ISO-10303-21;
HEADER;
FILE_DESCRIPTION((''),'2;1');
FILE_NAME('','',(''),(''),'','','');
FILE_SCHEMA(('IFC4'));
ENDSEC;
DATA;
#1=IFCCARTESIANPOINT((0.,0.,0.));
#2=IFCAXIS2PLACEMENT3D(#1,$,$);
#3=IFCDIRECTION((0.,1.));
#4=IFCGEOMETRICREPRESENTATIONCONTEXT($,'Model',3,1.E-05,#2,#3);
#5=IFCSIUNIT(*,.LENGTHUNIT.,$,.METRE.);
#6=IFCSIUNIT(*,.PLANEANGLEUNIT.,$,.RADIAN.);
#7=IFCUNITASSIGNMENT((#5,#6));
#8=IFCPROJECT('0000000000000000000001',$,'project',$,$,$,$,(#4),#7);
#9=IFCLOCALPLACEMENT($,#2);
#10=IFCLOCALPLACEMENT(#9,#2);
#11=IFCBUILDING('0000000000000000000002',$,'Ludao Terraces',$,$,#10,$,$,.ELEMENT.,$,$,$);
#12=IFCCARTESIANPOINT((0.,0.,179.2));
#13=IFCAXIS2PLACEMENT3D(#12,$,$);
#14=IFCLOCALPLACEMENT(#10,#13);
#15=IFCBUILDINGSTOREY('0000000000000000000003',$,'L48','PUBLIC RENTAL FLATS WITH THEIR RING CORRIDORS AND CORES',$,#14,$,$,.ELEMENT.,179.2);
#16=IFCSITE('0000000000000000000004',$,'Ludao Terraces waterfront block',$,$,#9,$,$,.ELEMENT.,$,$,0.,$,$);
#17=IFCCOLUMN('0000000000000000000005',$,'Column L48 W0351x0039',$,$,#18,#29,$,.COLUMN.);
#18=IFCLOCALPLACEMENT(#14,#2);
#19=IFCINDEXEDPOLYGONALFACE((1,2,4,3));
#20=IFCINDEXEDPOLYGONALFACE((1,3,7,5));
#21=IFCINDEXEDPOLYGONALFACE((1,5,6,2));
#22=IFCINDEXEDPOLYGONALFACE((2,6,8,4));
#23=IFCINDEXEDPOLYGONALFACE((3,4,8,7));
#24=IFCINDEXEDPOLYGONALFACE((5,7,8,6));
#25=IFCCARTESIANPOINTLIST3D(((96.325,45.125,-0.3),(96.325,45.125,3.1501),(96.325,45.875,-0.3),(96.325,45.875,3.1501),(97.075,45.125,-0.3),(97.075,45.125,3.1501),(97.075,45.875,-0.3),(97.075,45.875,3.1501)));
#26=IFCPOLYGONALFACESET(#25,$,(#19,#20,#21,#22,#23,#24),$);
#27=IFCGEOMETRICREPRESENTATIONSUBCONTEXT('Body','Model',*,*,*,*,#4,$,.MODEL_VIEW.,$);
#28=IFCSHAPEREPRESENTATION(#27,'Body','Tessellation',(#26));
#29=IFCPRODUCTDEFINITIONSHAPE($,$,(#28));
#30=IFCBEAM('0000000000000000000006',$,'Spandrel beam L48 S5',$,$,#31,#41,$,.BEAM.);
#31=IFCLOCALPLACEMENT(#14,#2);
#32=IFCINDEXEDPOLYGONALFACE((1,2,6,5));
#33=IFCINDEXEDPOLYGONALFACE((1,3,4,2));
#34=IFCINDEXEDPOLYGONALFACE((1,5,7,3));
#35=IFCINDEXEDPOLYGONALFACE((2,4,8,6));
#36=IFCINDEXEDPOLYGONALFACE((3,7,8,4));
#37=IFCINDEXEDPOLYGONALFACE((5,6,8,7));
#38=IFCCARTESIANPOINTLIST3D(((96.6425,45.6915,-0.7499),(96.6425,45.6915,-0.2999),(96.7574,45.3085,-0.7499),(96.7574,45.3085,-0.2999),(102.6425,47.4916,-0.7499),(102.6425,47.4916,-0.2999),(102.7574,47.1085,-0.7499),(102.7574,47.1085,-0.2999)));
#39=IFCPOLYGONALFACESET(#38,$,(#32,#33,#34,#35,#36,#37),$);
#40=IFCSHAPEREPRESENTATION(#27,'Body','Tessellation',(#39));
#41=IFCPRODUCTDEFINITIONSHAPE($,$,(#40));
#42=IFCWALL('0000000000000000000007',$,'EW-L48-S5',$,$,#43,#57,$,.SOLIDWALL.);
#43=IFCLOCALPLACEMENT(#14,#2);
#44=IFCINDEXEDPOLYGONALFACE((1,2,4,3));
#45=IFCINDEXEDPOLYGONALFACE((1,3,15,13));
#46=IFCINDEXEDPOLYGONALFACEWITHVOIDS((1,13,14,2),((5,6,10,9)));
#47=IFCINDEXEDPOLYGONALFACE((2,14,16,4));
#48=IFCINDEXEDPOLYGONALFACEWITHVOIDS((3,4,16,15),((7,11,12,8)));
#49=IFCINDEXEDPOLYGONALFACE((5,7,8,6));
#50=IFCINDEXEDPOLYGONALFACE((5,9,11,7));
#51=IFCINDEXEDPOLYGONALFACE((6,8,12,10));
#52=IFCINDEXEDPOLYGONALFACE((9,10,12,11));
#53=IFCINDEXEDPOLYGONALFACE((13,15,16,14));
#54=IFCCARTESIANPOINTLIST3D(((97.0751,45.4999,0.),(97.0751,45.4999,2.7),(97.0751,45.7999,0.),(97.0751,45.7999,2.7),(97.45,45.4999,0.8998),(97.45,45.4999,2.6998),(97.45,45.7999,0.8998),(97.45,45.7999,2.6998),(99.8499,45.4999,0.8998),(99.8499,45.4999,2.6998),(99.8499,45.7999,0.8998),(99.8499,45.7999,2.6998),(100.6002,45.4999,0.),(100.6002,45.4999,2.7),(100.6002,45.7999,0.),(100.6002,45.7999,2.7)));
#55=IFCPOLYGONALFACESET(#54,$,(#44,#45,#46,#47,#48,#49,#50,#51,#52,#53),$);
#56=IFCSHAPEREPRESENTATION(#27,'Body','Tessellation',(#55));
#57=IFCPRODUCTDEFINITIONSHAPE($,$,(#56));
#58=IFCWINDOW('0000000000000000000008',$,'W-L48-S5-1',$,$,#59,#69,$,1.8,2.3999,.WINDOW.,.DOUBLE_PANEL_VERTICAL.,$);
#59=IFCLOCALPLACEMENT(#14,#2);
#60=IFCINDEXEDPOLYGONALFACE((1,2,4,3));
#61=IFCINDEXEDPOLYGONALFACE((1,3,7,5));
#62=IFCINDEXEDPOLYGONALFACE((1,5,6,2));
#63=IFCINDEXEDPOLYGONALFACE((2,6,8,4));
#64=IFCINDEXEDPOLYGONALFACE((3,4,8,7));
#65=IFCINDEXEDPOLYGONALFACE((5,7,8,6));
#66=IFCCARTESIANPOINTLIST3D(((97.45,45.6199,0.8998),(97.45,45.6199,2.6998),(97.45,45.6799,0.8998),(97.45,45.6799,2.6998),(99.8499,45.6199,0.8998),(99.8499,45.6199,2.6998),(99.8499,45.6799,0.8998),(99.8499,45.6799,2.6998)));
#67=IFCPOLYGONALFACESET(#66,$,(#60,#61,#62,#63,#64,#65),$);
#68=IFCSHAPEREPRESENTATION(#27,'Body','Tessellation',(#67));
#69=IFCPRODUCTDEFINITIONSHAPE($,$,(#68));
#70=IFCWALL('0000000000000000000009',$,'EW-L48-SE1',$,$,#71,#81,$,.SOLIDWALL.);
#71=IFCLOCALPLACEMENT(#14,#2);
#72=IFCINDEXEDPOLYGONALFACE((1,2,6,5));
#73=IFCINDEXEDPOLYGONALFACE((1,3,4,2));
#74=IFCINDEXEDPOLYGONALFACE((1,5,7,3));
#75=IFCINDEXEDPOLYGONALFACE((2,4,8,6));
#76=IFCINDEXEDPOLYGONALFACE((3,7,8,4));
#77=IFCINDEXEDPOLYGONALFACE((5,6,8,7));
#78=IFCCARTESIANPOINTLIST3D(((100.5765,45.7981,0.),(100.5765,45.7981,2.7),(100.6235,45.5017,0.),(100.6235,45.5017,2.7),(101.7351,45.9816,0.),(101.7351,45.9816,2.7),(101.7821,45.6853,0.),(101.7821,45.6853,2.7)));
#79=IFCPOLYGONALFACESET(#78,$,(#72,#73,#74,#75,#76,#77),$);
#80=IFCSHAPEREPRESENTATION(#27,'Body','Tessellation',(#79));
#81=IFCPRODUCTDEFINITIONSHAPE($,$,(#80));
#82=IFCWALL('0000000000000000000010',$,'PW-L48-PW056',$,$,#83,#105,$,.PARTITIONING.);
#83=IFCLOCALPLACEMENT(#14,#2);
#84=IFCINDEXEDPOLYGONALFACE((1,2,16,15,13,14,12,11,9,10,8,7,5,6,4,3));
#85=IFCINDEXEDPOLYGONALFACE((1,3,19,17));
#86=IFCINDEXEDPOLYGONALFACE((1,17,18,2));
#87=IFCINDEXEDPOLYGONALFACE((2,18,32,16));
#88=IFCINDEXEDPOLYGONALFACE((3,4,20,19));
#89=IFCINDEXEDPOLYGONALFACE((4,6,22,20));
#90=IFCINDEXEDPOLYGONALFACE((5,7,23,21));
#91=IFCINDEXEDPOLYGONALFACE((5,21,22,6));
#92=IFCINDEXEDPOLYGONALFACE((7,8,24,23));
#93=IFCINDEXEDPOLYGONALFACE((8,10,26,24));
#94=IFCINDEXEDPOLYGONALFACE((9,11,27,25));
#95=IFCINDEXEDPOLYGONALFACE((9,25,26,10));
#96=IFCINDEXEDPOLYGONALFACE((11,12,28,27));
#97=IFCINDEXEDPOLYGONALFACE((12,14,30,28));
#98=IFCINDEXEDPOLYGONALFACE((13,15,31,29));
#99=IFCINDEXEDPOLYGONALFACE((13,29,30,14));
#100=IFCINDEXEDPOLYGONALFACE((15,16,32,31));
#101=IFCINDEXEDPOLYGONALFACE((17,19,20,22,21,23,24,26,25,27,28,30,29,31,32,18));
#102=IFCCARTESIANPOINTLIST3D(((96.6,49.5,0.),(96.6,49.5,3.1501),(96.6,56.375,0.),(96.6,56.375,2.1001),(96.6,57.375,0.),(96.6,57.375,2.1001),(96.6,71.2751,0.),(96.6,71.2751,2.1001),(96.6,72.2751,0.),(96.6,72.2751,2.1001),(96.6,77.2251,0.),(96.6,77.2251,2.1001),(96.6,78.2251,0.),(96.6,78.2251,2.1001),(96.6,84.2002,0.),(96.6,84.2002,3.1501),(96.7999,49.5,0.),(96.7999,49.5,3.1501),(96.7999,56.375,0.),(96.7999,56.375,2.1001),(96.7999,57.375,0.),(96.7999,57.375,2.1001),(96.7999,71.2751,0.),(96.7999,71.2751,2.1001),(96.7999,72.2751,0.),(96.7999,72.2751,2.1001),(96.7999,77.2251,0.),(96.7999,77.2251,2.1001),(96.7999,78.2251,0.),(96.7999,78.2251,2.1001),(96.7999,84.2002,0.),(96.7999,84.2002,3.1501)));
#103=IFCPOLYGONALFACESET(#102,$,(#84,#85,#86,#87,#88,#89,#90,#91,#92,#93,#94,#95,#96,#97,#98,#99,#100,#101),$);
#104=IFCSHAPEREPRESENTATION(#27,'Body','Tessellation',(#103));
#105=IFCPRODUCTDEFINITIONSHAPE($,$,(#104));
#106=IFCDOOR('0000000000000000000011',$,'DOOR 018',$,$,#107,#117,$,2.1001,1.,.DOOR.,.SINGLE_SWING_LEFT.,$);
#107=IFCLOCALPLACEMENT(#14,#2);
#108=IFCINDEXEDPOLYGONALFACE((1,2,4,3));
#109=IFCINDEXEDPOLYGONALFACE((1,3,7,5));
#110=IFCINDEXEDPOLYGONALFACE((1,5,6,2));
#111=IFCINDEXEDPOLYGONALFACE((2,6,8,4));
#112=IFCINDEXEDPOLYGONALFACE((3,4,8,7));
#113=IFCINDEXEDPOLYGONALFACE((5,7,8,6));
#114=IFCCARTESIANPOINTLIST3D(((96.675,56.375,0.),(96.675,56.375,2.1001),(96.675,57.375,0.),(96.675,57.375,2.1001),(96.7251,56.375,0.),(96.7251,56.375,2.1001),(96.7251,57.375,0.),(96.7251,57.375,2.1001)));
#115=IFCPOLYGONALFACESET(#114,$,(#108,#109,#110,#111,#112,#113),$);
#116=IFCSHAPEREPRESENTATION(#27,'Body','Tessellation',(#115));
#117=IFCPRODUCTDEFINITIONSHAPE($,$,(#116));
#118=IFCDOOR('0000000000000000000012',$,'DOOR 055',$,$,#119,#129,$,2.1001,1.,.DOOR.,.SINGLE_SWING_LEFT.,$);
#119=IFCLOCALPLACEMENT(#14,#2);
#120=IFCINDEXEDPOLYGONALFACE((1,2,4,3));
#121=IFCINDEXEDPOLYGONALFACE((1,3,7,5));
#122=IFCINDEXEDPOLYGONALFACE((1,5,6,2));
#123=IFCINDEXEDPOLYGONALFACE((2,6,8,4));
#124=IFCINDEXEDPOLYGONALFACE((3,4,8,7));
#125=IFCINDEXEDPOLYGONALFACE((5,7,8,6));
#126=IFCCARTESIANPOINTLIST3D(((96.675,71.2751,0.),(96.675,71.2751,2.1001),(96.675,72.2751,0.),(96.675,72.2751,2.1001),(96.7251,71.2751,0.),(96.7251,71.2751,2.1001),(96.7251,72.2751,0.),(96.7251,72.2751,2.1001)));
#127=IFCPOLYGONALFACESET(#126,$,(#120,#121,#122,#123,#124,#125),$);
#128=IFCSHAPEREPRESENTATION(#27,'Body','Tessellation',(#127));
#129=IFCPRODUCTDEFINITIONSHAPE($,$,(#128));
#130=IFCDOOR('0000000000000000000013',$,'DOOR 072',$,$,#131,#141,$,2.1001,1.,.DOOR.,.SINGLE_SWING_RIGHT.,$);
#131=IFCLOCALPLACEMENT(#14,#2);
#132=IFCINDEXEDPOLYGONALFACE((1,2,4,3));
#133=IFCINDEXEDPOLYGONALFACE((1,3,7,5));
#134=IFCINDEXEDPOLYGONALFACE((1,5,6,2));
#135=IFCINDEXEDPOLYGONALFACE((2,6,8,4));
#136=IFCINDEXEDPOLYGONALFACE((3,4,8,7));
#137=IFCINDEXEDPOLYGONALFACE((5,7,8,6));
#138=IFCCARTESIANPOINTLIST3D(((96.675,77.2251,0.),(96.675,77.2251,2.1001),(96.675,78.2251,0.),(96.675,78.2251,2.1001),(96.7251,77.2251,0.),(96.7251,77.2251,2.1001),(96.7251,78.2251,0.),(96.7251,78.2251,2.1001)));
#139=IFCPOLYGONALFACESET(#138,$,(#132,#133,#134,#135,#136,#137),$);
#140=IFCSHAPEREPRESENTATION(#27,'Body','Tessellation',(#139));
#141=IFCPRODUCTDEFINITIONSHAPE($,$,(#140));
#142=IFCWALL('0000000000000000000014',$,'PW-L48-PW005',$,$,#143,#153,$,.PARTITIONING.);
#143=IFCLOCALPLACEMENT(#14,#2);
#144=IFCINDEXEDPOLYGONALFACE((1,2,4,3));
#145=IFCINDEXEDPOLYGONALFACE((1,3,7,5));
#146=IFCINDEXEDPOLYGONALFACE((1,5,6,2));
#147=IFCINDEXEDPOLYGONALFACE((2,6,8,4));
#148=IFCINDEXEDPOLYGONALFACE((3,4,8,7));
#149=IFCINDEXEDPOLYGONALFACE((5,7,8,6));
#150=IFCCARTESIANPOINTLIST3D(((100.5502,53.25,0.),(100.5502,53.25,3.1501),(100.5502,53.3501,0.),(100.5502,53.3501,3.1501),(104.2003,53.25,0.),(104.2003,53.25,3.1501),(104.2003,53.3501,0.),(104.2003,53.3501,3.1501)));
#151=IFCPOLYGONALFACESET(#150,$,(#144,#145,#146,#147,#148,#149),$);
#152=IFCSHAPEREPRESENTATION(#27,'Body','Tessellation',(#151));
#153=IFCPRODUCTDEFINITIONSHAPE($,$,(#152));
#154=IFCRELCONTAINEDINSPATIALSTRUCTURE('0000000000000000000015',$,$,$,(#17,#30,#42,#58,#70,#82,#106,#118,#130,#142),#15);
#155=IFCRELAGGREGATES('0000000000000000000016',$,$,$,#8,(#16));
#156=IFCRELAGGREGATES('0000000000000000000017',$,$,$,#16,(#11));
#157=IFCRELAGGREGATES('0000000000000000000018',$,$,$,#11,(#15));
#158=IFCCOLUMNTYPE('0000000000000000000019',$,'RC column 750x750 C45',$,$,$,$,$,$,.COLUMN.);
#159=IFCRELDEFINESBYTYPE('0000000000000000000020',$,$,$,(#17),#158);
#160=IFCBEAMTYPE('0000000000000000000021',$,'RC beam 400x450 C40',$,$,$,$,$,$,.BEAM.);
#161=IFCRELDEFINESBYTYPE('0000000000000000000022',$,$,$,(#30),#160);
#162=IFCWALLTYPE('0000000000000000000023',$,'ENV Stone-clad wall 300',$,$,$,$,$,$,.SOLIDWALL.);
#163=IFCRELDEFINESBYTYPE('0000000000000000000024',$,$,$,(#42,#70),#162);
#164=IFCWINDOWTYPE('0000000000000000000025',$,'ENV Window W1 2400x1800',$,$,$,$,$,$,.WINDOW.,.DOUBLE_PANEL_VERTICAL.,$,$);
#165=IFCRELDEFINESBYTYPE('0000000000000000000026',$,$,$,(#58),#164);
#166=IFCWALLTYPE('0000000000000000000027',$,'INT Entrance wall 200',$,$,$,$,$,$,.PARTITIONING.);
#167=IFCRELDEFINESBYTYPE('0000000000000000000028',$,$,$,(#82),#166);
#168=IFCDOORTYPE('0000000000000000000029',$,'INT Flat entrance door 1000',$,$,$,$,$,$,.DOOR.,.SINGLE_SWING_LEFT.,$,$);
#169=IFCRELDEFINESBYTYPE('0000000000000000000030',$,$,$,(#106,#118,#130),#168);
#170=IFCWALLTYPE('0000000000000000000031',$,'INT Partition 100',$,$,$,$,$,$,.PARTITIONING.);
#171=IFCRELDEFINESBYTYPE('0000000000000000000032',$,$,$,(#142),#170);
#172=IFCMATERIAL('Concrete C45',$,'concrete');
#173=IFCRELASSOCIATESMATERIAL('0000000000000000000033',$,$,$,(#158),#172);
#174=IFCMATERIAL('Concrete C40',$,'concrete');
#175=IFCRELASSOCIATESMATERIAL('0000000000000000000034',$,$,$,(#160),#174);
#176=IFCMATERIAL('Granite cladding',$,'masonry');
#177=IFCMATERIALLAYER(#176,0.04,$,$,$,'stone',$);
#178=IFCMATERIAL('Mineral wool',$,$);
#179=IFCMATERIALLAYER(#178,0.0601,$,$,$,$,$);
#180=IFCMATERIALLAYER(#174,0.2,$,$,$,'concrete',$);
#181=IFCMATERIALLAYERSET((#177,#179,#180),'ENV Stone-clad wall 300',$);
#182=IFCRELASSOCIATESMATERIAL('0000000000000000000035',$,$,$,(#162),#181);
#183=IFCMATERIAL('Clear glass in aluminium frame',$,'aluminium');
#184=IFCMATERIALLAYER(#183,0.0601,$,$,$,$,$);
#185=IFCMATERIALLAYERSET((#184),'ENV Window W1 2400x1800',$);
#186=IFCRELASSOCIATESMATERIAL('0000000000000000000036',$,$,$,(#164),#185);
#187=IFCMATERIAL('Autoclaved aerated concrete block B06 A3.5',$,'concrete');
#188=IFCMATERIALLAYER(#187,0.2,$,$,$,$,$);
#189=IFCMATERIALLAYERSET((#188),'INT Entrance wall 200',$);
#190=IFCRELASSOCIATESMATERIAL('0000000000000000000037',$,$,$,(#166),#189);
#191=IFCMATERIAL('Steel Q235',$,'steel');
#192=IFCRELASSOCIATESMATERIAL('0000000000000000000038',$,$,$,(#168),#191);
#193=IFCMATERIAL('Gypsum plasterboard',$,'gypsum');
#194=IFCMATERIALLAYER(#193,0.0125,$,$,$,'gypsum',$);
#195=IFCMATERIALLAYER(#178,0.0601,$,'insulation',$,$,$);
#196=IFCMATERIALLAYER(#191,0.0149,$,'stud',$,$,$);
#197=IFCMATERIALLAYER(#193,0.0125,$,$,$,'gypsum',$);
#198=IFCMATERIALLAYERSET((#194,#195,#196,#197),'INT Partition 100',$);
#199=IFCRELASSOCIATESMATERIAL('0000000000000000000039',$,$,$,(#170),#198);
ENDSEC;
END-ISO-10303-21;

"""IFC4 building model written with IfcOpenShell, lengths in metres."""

from ifc_helpers import new_model, si_unit, direction, frame, frame_2d, origin, origin_2d, place, context, subcontext, project, spatial, rectangle, extrude, material, layer, layer_set, material_profile, profile_set, type_object, element, fill, save


model = new_model("IFC4")

# Units and contexts
model_context = context("Model", 3, precision=1e-05, world=origin(), true_north=direction((0.0, 1.0)))
body_context = subcontext(model_context, "Body", "Model", "MODEL_VIEW")
ifc_project = project(units=[si_unit("LENGTHUNIT", "METRE"), si_unit("PLANEANGLEUNIT", "RADIAN")], contexts=[model_context])

# Site, building, storey
site_placement = place(None, origin())
site = spatial("IfcSite", under=ifc_project, at=site_placement, Name="Ludao Terraces waterfront block", CompositionType="ELEMENT", RefElevation=0.0)
building_placement = place(site_placement, origin())
building = spatial("IfcBuilding", under=site, at=building_placement, Name="Ludao Terraces", CompositionType="ELEMENT")
storey_placement = place(building_placement, frame((0.0, 0.0, 179.2)))
storey = spatial("IfcBuildingStorey", under=building, at=storey_placement, Name="L48", Description="PUBLIC RENTAL FLATS WITH THEIR RING CORRIDORS AND CORES", CompositionType="ELEMENT", Elevation=179.2)

# Column
ifc_material_1 = material(Name="Concrete C45", Category="concrete")
ifc_material_profile_1 = material_profile(ifc_material_1, rectangle(XDim=0.75, YDim=0.75, at=origin_2d()), Name="750 X 750")
ifc_profile_set_1 = profile_set([ifc_material_profile_1], Name="Concrete C45")
column_type = type_object("IfcColumnType", Name="RC column 750x750 C45", PredefinedType="COLUMN", material=ifc_profile_set_1)
column_placement = place(storey_placement, frame((96.7, 45.5, -0.3), z_axis=(0.0, 0.0, 1.0), x_axis=(1.0, 0.0, 0.0)))
element("IfcColumn", 1, at=column_placement, inside=storey, type_object=column_type, Name="Column L48 W0351x0039", PredefinedType="COLUMN", context=body_context, shape_type="SweptSolid", body=[
    extrude(rectangle(XDim=0.75, YDim=0.75, at=origin_2d()), origin(), (0.0, 0.0, 1.0), 3.4502),
])

# Beam
ifc_material_2 = material(Name="Concrete C40", Category="concrete")
ifc_material_profile_2 = material_profile(ifc_material_2, rectangle(XDim=0.3999, YDim=0.45, at=origin_2d()), Name="400 X 450")
ifc_profile_set_2 = profile_set([ifc_material_profile_2], Name="Concrete C40")
beam_type = type_object("IfcBeamType", Name="RC beam 400x450 C40", PredefinedType="BEAM", material=ifc_profile_set_2)
beam_placement = place(storey_placement, frame((96.7, 45.5, -0.5249), z_axis=(0.957824, 0.287355, 0.0), x_axis=(-0.287355, 0.957824, 0.0)))
element("IfcBeam", 2, at=beam_placement, inside=storey, type_object=beam_type, Name="Spandrel beam L48 S5", PredefinedType="BEAM", context=body_context, shape_type="SweptSolid", body=[
    extrude(rectangle(XDim=0.3999, YDim=0.45, at=origin_2d()), origin(), (0.0, 0.0, 1.0), 6.2642),
])

# Wall, opening, window
ifc_material_3 = material(Name="Granite cladding", Category="masonry")
ifc_layer_1 = layer(ifc_material_3, 0.04, Category="stone")
ifc_material_4 = material(Name="Mineral wool")
ifc_layer_2 = layer(ifc_material_4, 0.0601)
ifc_layer_3 = layer(ifc_material_2, 0.2, Category="concrete")
ifc_layer_set_1 = layer_set([ifc_layer_1, ifc_layer_2, ifc_layer_3], Name="ENV Stone-clad wall 300")
wall_type_1 = type_object("IfcWallType", Name="ENV Stone-clad wall 300", PredefinedType="SOLIDWALL", material=ifc_layer_set_1)
wall_1_placement = place(storey_placement, frame((97.075, 45.6499, 0.0), z_axis=(0.0, 0.0, 1.0), x_axis=(1.0, 0.0, 0.0)))
wall_1 = element("IfcWall", 3, at=wall_1_placement, inside=storey, type_object=wall_type_1, Name="EW-L48-S5", PredefinedType="SOLIDWALL", context=body_context, shape_type="SweptSolid", body=[
    extrude(rectangle(XDim=3.5251, YDim=0.3, at=frame_2d((1.7627, 0.0))), origin(), (0.0, 0.0, 1.0), 2.7),
])
opening_1_placement = place(wall_1_placement, frame((0.375, 0.0, 0.8999)))
opening_1 = element("IfcOpeningElement", 4, at=opening_1_placement, cuts=wall_1, PredefinedType="OPENING", context=body_context, shape_type="SweptSolid", body=[
    extrude(rectangle(XDim=2.3999, YDim=1.8, at=frame_2d((1.2, 0.8999))), frame((0.0, 0.1602, 0.0), z_axis=(0.0, -1.0, 0.0), x_axis=(1.0, 0.0, 0.0)), (0.0, 0.0, 1.0), 0.3201),
])
ifc_material_5 = material(Name="Clear glass in aluminium frame", Category="aluminium")
ifc_layer_4 = layer(ifc_material_5, 0.0601)
ifc_layer_set_2 = layer_set([ifc_layer_4], Name="ENV Window W1 2400x1800")
window_type = type_object("IfcWindowType", Name="ENV Window W1 2400x1800", PartitioningType="DOUBLE_PANEL_VERTICAL", PredefinedType="WINDOW", material=ifc_layer_set_2)
window_placement = place(opening_1_placement, origin())
window = element("IfcWindow", 5, at=window_placement, inside=storey, type_object=window_type, Name="W-L48-S5-1", OverallHeight=1.8, OverallWidth=2.3999, PartitioningType="DOUBLE_PANEL_VERTICAL", PredefinedType="WINDOW", context=body_context, shape_type="SweptSolid", body=[
    extrude(rectangle(XDim=2.3999, YDim=1.8, at=frame_2d((1.2, 0.8999))), frame((0.0, 0.03, 0.0), z_axis=(0.0, -1.0, 0.0), x_axis=(1.0, 0.0, 0.0)), (0.0, 0.0, 1.0), 0.0601),
])
fill(opening_1, window)

# Wall
wall_2_placement = place(storey_placement, frame((100.6001, 45.6499, 0.0), z_axis=(0.0, 0.0, 1.0), x_axis=(0.987678, 0.156497, 0.0)))
element("IfcWall", 6, at=wall_2_placement, inside=storey, type_object=wall_type_1, Name="EW-L48-SE1", PredefinedType="SOLIDWALL", context=body_context, shape_type="SweptSolid", body=[
    extrude(rectangle(XDim=1.1731, YDim=0.3, at=frame_2d((0.5864, 0.0))), origin(), (0.0, 0.0, 1.0), 2.7),
])

# Wall, openings, doors
ifc_material_6 = material(Name="Autoclaved aerated concrete block B06 A3.5", Category="concrete")
ifc_layer_5 = layer(ifc_material_6, 0.2)
ifc_layer_set_3 = layer_set([ifc_layer_5], Name="INT Entrance wall 200")
wall_type_2 = type_object("IfcWallType", Name="INT Entrance wall 200", PredefinedType="PARTITIONING", material=ifc_layer_set_3)
wall_3_placement = place(storey_placement, frame((96.7, 49.5, 0.0), z_axis=(0.0, 0.0, 1.0), x_axis=(0.0, 1.0, 0.0)))
wall_3 = element("IfcWall", 7, at=wall_3_placement, inside=storey, type_object=wall_type_2, Name="PW-L48-PW056", PredefinedType="PARTITIONING", context=body_context, shape_type="SweptSolid", body=[
    extrude(rectangle(XDim=34.7002, YDim=0.2, at=frame_2d((17.3501, 0.0))), origin(), (0.0, 0.0, 1.0), 3.1501),
])
opening_2_placement = place(wall_3_placement, frame((6.875, 0.0, 0.0)))
opening_2 = element("IfcOpeningElement", 8, at=opening_2_placement, cuts=wall_3, PredefinedType="OPENING", context=body_context, shape_type="SweptSolid", body=[
    extrude(rectangle(XDim=1.0, YDim=2.1001, at=frame_2d((0.5, 1.05))), frame((0.0, 0.1099, 0.0), z_axis=(0.0, -1.0, 0.0), x_axis=(1.0, 0.0, 0.0)), (0.0, 0.0, 1.0), 0.22),
])
opening_3_placement = place(wall_3_placement, frame((21.7751, 0.0, 0.0)))
opening_3 = element("IfcOpeningElement", 9, at=opening_3_placement, cuts=wall_3, PredefinedType="OPENING", context=body_context, shape_type="SweptSolid", body=[
    extrude(rectangle(XDim=1.0, YDim=2.1001, at=frame_2d((0.5, 1.05))), frame((0.0, 0.1099, 0.0), z_axis=(0.0, -1.0, 0.0), x_axis=(1.0, 0.0, 0.0)), (0.0, 0.0, 1.0), 0.22),
])
opening_4_placement = place(wall_3_placement, frame((27.7251, 0.0, 0.0)))
opening_4 = element("IfcOpeningElement", 10, at=opening_4_placement, cuts=wall_3, PredefinedType="OPENING", context=body_context, shape_type="SweptSolid", body=[
    extrude(rectangle(XDim=1.0, YDim=2.1001, at=frame_2d((0.5, 1.05))), frame((0.0, 0.1099, 0.0), z_axis=(0.0, -1.0, 0.0), x_axis=(1.0, 0.0, 0.0)), (0.0, 0.0, 1.0), 0.22),
])
ifc_material_7 = material(Name="Steel Q235", Category="steel")
door_type_1 = type_object("IfcDoorType", Name="INT Flat entrance door 1000", OperationType="SINGLE_SWING_LEFT", PredefinedType="DOOR", material=ifc_material_7)
door_1_placement = place(opening_2_placement, origin())
door_1 = element("IfcDoor", 11, at=door_1_placement, inside=storey, type_object=door_type_1, Name="DOOR 018", OperationType="SINGLE_SWING_LEFT", OverallHeight=2.1001, OverallWidth=1.0, PredefinedType="DOOR", context=body_context, shape_type="SweptSolid", body=[
    extrude(rectangle(XDim=1.0, YDim=2.1001, at=frame_2d((0.5, 1.05))), frame((0.0, 0.0249, 0.0), z_axis=(0.0, -1.0, 0.0), x_axis=(1.0, 0.0, 0.0)), (0.0, 0.0, 1.0), 0.05),
])
fill(opening_2, door_1)
door_2_placement = place(opening_3_placement, origin())
door_2 = element("IfcDoor", 12, at=door_2_placement, inside=storey, type_object=door_type_1, Name="DOOR 055", OperationType="SINGLE_SWING_LEFT", OverallHeight=2.1001, OverallWidth=1.0, PredefinedType="DOOR", context=body_context, shape_type="SweptSolid", body=[
    extrude(rectangle(XDim=1.0, YDim=2.1001, at=frame_2d((0.5, 1.05))), frame((0.0, 0.0249, 0.0), z_axis=(0.0, -1.0, 0.0), x_axis=(1.0, 0.0, 0.0)), (0.0, 0.0, 1.0), 0.05),
])
fill(opening_3, door_2)
door_3_placement = place(opening_4_placement, origin())
door_3 = element("IfcDoor", 13, at=door_3_placement, inside=storey, type_object=door_type_1, Name="DOOR 072", OperationType="SINGLE_SWING_RIGHT", OverallHeight=2.1001, OverallWidth=1.0, PredefinedType="DOOR", context=body_context, shape_type="SweptSolid", body=[
    extrude(rectangle(XDim=1.0, YDim=2.1001, at=frame_2d((0.5, 1.05))), frame((0.0, 0.0249, 0.0), z_axis=(0.0, -1.0, 0.0), x_axis=(1.0, 0.0, 0.0)), (0.0, 0.0, 1.0), 0.05),
])
fill(opening_4, door_3)

# Wall
ifc_material_8 = material(Name="Gypsum plasterboard", Category="gypsum")
ifc_layer_6 = layer(ifc_material_8, 0.0125, Category="gypsum")
ifc_layer_7 = layer(ifc_material_4, 0.0601, Name="insulation")
ifc_layer_8 = layer(ifc_material_7, 0.0149, Name="stud")
ifc_layer_9 = layer(ifc_material_8, 0.0125, Category="gypsum")
ifc_layer_set_4 = layer_set([ifc_layer_6, ifc_layer_7, ifc_layer_8, ifc_layer_9], Name="INT Partition 100")
wall_type_3 = type_object("IfcWallType", Name="INT Partition 100", PredefinedType="PARTITIONING", material=ifc_layer_set_4)
wall_4_placement = place(storey_placement, frame((100.55, 53.3, 0.0), z_axis=(0.0, 0.0, 1.0), x_axis=(1.0, 0.0, 0.0)))
element("IfcWall", 14, at=wall_4_placement, inside=storey, type_object=wall_type_3, Name="PW-L48-PW005", PredefinedType="PARTITIONING", context=body_context, shape_type="SweptSolid", body=[
    extrude(rectangle(XDim=3.6501, YDim=0.1001, at=frame_2d((1.8252, 0.0))), origin(), (0.0, 0.0, 1.0), 3.1501),
])

save(model, "model.ifc")
